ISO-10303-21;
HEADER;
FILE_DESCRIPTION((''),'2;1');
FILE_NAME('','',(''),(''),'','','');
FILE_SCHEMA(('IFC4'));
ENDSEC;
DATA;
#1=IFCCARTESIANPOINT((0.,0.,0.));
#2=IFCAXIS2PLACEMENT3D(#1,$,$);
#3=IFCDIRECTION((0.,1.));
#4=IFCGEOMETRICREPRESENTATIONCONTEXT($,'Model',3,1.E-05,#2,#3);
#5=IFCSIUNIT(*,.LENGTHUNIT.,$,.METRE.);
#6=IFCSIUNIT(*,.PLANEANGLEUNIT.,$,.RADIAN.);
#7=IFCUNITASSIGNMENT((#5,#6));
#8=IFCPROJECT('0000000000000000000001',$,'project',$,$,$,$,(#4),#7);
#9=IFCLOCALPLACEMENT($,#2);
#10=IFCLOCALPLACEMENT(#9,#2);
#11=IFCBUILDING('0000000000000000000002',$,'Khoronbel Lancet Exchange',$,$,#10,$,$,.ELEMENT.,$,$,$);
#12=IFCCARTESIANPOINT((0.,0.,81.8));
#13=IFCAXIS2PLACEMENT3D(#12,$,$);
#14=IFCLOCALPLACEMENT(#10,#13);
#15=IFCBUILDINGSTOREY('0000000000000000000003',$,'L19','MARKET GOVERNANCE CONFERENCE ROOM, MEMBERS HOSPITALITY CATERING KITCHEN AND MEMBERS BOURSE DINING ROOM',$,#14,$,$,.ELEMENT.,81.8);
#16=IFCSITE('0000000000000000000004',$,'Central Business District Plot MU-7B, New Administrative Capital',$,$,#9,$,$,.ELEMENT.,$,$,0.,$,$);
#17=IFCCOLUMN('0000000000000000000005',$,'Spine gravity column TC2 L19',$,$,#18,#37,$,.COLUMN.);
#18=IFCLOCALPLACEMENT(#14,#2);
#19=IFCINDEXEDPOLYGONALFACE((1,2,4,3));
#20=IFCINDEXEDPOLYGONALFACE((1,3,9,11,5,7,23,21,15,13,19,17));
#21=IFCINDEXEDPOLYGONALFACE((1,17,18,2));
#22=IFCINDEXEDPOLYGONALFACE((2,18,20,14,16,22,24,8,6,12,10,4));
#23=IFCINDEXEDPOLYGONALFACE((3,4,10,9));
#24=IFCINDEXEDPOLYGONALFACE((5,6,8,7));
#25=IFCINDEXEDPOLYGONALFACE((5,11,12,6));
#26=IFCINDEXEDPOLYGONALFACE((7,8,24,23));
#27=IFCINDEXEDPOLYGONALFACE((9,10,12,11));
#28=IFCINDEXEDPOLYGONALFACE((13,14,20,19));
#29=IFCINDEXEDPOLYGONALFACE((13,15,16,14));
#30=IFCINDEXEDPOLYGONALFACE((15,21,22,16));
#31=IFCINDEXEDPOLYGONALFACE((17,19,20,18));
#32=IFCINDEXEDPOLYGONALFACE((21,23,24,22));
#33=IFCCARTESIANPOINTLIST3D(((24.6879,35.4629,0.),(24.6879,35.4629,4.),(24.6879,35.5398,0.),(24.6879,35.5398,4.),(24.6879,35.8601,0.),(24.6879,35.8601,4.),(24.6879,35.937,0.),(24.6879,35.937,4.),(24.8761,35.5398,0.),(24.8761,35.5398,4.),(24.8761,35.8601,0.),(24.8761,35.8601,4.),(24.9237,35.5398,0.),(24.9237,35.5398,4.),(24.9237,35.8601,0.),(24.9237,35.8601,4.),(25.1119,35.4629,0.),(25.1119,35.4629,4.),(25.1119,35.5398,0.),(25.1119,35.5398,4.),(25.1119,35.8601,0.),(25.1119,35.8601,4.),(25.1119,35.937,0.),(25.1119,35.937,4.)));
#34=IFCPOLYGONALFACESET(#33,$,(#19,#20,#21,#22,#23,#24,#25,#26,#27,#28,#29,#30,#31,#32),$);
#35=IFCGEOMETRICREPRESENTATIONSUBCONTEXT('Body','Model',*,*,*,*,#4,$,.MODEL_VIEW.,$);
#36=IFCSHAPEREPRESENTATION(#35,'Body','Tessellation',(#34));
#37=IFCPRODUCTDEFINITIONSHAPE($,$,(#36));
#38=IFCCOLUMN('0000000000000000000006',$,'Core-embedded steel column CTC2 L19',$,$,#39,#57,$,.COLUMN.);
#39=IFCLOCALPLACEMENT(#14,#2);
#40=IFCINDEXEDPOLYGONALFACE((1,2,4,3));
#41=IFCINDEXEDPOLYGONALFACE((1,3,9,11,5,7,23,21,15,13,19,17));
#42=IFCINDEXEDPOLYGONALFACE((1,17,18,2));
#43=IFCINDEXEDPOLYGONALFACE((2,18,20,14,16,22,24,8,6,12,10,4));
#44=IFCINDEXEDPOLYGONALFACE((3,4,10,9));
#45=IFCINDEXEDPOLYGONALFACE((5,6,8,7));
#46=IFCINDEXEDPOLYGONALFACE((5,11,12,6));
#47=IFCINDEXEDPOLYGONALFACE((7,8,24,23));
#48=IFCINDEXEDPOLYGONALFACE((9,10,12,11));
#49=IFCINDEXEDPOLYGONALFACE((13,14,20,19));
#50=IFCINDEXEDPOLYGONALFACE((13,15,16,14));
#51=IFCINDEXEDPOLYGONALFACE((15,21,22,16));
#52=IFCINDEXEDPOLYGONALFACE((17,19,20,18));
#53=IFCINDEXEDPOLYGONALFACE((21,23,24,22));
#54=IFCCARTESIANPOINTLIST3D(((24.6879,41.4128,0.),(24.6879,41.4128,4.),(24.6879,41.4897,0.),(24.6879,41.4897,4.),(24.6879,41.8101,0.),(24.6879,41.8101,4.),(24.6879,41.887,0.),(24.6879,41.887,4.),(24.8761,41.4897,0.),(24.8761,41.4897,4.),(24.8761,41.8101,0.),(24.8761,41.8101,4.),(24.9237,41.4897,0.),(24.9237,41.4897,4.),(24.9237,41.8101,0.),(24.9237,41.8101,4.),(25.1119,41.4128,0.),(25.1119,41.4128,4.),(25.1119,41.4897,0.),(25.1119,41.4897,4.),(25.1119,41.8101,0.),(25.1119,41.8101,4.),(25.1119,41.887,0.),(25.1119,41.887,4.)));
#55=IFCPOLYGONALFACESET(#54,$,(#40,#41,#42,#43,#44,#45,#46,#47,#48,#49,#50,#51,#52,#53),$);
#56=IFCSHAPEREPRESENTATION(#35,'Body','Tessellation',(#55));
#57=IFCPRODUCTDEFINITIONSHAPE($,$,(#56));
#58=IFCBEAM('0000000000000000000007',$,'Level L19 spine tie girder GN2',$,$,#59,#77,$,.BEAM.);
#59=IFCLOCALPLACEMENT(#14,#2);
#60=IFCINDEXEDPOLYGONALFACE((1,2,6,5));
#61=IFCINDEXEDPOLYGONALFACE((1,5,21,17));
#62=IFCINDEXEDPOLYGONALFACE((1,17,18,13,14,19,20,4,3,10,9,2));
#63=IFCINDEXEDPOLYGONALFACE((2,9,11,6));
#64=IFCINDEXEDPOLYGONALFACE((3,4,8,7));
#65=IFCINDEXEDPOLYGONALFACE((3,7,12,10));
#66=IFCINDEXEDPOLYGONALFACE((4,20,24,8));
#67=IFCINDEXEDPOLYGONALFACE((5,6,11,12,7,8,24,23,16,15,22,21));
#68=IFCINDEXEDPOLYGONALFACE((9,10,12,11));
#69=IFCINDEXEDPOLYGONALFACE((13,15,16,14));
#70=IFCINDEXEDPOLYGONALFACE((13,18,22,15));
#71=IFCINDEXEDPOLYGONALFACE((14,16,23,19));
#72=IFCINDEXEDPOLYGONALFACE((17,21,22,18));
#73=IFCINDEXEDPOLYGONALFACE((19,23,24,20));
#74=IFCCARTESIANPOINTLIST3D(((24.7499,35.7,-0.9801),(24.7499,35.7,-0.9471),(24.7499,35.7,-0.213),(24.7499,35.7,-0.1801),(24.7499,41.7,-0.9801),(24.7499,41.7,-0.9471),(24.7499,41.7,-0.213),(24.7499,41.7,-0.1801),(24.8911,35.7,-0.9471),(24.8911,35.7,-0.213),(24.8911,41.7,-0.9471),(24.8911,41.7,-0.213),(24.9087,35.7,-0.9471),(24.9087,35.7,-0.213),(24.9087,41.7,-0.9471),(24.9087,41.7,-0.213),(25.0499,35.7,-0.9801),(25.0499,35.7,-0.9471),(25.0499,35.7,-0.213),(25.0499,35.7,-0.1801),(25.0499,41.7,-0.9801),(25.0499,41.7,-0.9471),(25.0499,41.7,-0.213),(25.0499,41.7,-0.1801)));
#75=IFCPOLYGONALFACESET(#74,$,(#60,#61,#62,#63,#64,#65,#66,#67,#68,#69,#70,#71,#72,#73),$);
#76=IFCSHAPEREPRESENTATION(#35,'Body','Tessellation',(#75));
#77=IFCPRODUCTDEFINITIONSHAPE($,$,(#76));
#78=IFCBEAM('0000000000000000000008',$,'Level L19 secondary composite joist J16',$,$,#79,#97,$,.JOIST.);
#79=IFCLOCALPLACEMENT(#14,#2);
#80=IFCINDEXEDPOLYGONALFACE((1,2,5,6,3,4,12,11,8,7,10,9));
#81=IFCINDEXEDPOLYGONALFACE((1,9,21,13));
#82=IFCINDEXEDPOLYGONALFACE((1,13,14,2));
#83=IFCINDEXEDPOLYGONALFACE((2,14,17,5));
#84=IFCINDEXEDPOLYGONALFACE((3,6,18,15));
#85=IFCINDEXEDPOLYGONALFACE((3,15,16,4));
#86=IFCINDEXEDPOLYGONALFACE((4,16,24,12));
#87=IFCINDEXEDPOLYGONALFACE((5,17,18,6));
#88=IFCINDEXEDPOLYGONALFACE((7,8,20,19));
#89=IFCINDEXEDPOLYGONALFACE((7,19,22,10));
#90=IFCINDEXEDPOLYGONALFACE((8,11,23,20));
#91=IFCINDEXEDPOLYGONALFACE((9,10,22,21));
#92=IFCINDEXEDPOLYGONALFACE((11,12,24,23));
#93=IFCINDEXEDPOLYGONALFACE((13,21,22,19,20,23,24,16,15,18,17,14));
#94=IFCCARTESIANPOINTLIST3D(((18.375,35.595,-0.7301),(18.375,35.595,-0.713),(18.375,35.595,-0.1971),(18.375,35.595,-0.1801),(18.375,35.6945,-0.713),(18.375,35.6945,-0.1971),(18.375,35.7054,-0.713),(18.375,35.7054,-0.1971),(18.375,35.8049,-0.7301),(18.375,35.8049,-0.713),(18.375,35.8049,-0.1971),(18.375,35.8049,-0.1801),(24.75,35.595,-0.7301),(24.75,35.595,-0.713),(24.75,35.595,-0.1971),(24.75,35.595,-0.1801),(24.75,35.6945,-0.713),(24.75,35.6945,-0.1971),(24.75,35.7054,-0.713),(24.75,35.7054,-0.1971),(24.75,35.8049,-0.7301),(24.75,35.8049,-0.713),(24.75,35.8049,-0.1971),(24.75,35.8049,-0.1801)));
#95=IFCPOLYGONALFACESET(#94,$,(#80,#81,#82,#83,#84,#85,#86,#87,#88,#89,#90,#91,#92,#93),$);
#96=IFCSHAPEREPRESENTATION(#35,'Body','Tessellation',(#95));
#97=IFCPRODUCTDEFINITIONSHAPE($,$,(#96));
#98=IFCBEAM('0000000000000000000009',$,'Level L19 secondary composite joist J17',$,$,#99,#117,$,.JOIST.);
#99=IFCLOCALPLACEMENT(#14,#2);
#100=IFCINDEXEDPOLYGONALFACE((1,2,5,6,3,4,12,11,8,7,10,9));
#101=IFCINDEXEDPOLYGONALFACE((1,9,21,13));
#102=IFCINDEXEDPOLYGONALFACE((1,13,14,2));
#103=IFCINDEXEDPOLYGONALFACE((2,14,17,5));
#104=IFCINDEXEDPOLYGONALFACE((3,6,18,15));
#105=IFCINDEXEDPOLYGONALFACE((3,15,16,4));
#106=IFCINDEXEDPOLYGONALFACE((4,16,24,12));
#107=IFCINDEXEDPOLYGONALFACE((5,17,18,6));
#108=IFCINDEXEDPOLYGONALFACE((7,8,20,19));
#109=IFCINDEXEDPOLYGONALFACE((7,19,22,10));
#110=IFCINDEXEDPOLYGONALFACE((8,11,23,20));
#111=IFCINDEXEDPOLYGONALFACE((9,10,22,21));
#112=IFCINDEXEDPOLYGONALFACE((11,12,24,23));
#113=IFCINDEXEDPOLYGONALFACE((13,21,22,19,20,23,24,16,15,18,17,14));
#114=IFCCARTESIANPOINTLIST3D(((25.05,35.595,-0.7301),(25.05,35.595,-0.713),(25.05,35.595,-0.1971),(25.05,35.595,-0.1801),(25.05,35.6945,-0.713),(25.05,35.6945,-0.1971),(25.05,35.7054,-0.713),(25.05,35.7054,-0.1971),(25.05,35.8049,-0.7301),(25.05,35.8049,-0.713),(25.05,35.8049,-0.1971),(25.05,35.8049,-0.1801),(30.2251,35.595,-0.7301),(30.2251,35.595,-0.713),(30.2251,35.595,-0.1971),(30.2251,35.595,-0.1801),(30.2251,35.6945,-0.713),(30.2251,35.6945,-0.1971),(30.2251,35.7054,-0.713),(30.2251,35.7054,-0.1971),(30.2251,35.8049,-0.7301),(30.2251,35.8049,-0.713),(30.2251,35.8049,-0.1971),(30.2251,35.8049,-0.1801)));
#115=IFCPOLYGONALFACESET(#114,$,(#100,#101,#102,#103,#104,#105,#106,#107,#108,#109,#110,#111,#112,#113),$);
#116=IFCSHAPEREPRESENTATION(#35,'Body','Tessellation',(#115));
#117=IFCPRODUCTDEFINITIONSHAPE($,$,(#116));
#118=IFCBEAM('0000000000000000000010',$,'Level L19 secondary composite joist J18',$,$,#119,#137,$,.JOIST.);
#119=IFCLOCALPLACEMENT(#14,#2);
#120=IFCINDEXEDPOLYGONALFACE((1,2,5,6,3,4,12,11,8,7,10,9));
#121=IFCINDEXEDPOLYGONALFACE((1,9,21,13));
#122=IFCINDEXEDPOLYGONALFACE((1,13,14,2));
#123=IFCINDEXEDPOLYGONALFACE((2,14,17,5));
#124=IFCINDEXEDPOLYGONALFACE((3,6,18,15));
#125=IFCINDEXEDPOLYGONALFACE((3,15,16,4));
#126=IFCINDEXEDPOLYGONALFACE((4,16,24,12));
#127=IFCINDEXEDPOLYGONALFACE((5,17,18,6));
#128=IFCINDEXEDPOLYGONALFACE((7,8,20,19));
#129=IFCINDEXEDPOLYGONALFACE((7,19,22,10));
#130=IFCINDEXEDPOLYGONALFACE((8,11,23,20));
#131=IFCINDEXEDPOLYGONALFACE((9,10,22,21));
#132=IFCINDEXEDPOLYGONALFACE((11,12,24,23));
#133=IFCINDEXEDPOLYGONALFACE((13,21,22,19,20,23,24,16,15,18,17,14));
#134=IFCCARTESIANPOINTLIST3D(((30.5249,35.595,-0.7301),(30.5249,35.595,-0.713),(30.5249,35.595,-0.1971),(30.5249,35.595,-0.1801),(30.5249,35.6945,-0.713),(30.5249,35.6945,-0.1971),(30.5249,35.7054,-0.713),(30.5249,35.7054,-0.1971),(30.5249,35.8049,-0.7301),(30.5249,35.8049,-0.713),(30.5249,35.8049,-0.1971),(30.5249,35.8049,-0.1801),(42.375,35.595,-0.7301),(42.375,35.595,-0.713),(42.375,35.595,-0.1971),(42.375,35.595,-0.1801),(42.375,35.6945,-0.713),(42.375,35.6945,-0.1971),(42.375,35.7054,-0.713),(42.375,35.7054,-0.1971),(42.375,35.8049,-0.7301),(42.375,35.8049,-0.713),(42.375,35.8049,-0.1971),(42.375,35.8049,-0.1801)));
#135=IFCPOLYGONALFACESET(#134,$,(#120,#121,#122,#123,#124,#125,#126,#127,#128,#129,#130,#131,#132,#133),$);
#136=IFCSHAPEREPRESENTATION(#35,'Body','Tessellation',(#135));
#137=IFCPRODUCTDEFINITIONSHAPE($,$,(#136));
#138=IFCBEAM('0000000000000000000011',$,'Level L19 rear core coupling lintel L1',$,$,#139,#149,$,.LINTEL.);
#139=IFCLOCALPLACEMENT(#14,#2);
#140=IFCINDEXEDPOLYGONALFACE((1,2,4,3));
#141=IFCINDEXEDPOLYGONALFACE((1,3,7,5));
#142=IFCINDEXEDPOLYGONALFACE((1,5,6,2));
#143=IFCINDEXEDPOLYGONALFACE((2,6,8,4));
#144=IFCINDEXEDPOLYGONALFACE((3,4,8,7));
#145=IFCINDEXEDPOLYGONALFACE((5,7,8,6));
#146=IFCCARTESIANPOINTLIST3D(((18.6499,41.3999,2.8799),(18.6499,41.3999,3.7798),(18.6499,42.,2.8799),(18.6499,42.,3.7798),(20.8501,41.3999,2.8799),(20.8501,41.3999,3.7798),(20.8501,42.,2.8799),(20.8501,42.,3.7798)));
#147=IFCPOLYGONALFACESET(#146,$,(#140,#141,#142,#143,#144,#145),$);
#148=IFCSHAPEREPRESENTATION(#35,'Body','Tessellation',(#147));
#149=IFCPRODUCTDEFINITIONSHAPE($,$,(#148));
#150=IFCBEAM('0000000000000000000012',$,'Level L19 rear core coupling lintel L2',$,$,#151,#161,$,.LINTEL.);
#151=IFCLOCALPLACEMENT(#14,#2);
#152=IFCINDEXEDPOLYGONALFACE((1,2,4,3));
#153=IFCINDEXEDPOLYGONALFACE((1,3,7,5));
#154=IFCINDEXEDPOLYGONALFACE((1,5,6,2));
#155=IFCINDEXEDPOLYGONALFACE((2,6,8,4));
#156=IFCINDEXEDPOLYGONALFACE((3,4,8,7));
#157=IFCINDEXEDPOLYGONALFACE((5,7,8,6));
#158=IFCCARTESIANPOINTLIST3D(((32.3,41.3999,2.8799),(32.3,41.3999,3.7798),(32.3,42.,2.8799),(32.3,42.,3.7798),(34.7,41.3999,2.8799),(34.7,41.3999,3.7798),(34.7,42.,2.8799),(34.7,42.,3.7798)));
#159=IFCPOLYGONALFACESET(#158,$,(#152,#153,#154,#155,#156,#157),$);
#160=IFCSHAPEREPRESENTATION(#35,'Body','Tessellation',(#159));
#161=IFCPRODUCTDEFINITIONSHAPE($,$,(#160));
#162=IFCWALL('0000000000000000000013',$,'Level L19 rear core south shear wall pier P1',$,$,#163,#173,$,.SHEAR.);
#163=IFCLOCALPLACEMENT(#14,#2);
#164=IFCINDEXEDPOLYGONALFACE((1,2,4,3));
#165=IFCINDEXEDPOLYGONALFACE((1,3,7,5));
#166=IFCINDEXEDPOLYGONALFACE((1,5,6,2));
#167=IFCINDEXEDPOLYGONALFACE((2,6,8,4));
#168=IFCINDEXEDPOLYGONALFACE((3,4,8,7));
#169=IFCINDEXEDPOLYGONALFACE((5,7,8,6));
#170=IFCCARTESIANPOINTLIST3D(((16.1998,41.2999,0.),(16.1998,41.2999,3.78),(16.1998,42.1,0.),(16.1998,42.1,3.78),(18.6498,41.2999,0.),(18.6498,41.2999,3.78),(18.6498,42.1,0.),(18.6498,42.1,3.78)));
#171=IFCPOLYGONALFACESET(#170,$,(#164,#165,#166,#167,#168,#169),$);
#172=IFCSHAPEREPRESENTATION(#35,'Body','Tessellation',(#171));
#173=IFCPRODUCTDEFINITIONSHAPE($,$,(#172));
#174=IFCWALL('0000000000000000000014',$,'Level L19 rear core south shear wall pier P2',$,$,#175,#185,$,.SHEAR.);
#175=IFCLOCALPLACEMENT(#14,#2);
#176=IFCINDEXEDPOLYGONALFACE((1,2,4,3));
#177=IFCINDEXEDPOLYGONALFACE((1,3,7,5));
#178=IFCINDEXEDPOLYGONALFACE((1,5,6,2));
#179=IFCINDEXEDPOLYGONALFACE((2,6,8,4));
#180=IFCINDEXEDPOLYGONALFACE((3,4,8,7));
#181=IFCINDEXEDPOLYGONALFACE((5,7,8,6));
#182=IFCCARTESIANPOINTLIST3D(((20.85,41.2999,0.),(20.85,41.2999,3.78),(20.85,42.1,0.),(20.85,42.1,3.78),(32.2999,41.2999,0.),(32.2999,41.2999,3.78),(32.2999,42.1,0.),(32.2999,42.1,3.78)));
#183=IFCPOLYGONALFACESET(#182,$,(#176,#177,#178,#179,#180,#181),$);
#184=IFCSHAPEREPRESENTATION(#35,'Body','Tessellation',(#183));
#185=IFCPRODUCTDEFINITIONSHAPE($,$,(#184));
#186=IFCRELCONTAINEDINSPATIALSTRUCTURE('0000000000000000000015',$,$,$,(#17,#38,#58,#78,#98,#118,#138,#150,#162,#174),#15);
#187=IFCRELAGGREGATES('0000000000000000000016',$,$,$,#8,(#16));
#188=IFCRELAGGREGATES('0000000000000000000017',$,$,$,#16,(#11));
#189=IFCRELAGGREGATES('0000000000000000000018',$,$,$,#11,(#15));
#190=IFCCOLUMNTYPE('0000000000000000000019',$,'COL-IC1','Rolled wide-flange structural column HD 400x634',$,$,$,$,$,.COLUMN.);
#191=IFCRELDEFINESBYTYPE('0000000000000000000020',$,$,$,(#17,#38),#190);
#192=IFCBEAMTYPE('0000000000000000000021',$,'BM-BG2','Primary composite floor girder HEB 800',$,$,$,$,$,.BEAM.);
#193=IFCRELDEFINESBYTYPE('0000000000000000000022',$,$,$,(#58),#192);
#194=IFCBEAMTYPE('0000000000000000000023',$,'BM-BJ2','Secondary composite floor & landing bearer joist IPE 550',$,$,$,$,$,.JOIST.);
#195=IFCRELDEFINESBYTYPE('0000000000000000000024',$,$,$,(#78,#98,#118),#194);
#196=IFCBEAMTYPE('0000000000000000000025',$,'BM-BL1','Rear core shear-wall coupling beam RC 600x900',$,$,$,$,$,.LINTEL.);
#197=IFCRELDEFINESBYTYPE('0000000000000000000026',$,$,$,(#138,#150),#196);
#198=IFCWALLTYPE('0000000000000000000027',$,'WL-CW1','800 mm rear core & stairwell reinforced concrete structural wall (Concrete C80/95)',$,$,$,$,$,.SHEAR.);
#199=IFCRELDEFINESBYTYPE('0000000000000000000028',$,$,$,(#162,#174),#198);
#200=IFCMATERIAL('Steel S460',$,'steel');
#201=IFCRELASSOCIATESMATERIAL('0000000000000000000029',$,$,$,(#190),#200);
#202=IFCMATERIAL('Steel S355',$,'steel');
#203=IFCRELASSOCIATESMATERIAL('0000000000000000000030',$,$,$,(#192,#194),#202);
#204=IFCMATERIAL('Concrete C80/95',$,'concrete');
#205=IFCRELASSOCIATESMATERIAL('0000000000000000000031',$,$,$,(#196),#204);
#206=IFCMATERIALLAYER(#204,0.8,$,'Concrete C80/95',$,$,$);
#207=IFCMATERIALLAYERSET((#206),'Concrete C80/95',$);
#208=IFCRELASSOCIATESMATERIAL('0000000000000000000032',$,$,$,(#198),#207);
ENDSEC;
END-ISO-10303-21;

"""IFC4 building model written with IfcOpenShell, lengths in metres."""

from ifc_helpers import new_model, si_unit, direction, frame, frame_2d, origin, origin_2d, place, context, subcontext, project, spatial, rectangle, i_section, extrude, material, layer, layer_set, material_profile, profile_set, type_object, element, save


model = new_model("IFC4")

# Units and contexts
model_context = context("Model", 3, precision=1e-05, world=origin(), true_north=direction((0.0, 1.0)))
body_context = subcontext(model_context, "Body", "Model", "MODEL_VIEW")
ifc_project = project(units=[si_unit("LENGTHUNIT", "METRE"), si_unit("PLANEANGLEUNIT", "RADIAN")], contexts=[model_context])

# Site, building, storey
site_placement = place(None, origin())
site = spatial("IfcSite", under=ifc_project, at=site_placement, Name="Central Business District Plot MU-7B, New Administrative Capital", CompositionType="ELEMENT", RefElevation=0.0)
building_placement = place(site_placement, origin())
building = spatial("IfcBuilding", under=site, at=building_placement, Name="Khoronbel Lancet Exchange", CompositionType="ELEMENT")
storey_placement = place(building_placement, frame((0.0, 0.0, 81.8)))
storey = spatial("IfcBuildingStorey", under=building, at=storey_placement, Name="L19", Description="MARKET GOVERNANCE CONFERENCE ROOM, MEMBERS HOSPITALITY CATERING KITCHEN AND MEMBERS BOURSE DINING ROOM", CompositionType="ELEMENT", Elevation=81.8)

# Columns
ifc_material_1 = material(Name="Steel S460", Category="steel")
ifc_material_profile_1 = material_profile(ifc_material_1, i_section(OverallWidth=0.4241, OverallDepth=0.4741, WebThickness=0.0476, FlangeThickness=0.0769, at=origin_2d()), Name="HD 400x634")
ifc_profile_set_1 = profile_set([ifc_material_profile_1], Name="Steel S460")
column_type = type_object("IfcColumnType", Name="COL-IC1", Description="Rolled wide-flange structural column HD 400x634", PredefinedType="COLUMN", material=ifc_profile_set_1)
for number, where, z_axis, x_axis, name in (
    (1, (24.8999, 35.7, 0.0), (0.0, 0.0, 1.0), (1.0, 0.0, 0.0), "Spine gravity column TC2 L19"),
    (2, (24.8999, 41.6499, 0.0), (0.0, 0.0, 1.0), (1.0, 0.0, 0.0), "Core-embedded steel column CTC2 L19"),
):
    element("IfcColumn", number, at=place(storey_placement, frame(where, z_axis=z_axis, x_axis=x_axis)), inside=storey, type_object=column_type, Name=name, PredefinedType="COLUMN", context=body_context, shape_type="SweptSolid", body=[
        extrude(i_section(OverallWidth=0.4241, OverallDepth=0.4741, WebThickness=0.0476, FlangeThickness=0.0769, at=origin_2d()), origin(), (0.0, 0.0, 1.0), 4.0),
    ])

# Beams
ifc_material_2 = material(Name="Steel S355", Category="steel")
ifc_material_profile_2 = material_profile(ifc_material_2, i_section(OverallWidth=0.3, OverallDepth=0.8, WebThickness=0.0176, FlangeThickness=0.033, at=origin_2d()), Name="HEB 800")
ifc_profile_set_2 = profile_set([ifc_material_profile_2], Name="Steel S355")
beam_type_1 = type_object("IfcBeamType", Name="BM-BG2", Description="Primary composite floor girder HEB 800", PredefinedType="BEAM", material=ifc_profile_set_2)
beam_1_placement = place(storey_placement, frame((24.8999, 35.7, -0.5801), z_axis=(0.0, 1.0, 0.0), x_axis=(-1.0, 0.0, 0.0)))
element("IfcBeam", 3, at=beam_1_placement, inside=storey, type_object=beam_type_1, Name="Level L19 spine tie girder GN2", PredefinedType="BEAM", context=body_context, shape_type="SweptSolid", body=[
    extrude(i_section(OverallWidth=0.3, OverallDepth=0.8, WebThickness=0.0176, FlangeThickness=0.033, at=origin_2d()), origin(), (0.0, 0.0, 1.0), 6.0),
])
ifc_material_profile_3 = material_profile(ifc_material_2, i_section(OverallWidth=0.21, OverallDepth=0.55, WebThickness=0.011, FlangeThickness=0.0171, at=origin_2d()), Name="IPE 550")
ifc_profile_set_3 = profile_set([ifc_material_profile_3], Name="Steel S355")
beam_type_2 = type_object("IfcBeamType", Name="BM-BJ2", Description="Secondary composite floor & landing bearer joist IPE 550", PredefinedType="JOIST", material=ifc_profile_set_3)
beam_2_placement = place(storey_placement, frame((18.375, 35.7, -0.4551), z_axis=(1.0, 0.0, 0.0), x_axis=(0.0, 1.0, 0.0)))
element("IfcBeam", 4, at=beam_2_placement, inside=storey, type_object=beam_type_2, Name="Level L19 secondary composite joist J16", PredefinedType="JOIST", context=body_context, shape_type="SweptSolid", body=[
    extrude(i_section(OverallWidth=0.21, OverallDepth=0.55, WebThickness=0.011, FlangeThickness=0.0171, at=origin_2d()), origin(), (0.0, 0.0, 1.0), 6.375),
])
beam_3_placement = place(storey_placement, frame((25.05, 35.7, -0.4551), z_axis=(1.0, 0.0, 0.0), x_axis=(0.0, 1.0, 0.0)))
element("IfcBeam", 5, at=beam_3_placement, inside=storey, type_object=beam_type_2, Name="Level L19 secondary composite joist J17", PredefinedType="JOIST", context=body_context, shape_type="SweptSolid", body=[
    extrude(i_section(OverallWidth=0.21, OverallDepth=0.55, WebThickness=0.011, FlangeThickness=0.0171, at=origin_2d()), origin(), (0.0, 0.0, 1.0), 5.175),
])
beam_4_placement = place(storey_placement, frame((30.5249, 35.7, -0.4551), z_axis=(1.0, 0.0, 0.0), x_axis=(0.0, 1.0, 0.0)))
element("IfcBeam", 6, at=beam_4_placement, inside=storey, type_object=beam_type_2, Name="Level L19 secondary composite joist J18", PredefinedType="JOIST", context=body_context, shape_type="SweptSolid", body=[
    extrude(i_section(OverallWidth=0.21, OverallDepth=0.55, WebThickness=0.011, FlangeThickness=0.0171, at=origin_2d()), origin(), (0.0, 0.0, 1.0), 11.8501),
])
ifc_material_3 = material(Name="Concrete C80/95", Category="concrete")
ifc_material_profile_4 = material_profile(ifc_material_3, rectangle(XDim=0.6001, YDim=0.8999, at=origin_2d()), Name="RC 600x900")
ifc_profile_set_4 = profile_set([ifc_material_profile_4], Name="Concrete C80/95")
beam_type_3 = type_object("IfcBeamType", Name="BM-BL1", Description="Rear core shear-wall coupling beam RC 600x900", PredefinedType="LINTEL", material=ifc_profile_set_4)
beam_5_placement = place(storey_placement, frame((18.6499, 41.7, 3.3298), z_axis=(1.0, 0.0, 0.0), x_axis=(0.0, 1.0, 0.0)))
element("IfcBeam", 7, at=beam_5_placement, inside=storey, type_object=beam_type_3, Name="Level L19 rear core coupling lintel L1", PredefinedType="LINTEL", context=body_context, shape_type="SweptSolid", body=[
    extrude(rectangle(XDim=0.6001, YDim=0.8999, at=origin_2d()), origin(), (0.0, 0.0, 1.0), 2.2002),
])
beam_6_placement = place(storey_placement, frame((32.3, 41.7, 3.3298), z_axis=(1.0, 0.0, 0.0), x_axis=(0.0, 1.0, 0.0)))
element("IfcBeam", 8, at=beam_6_placement, inside=storey, type_object=beam_type_3, Name="Level L19 rear core coupling lintel L2", PredefinedType="LINTEL", context=body_context, shape_type="SweptSolid", body=[
    extrude(rectangle(XDim=0.6001, YDim=0.8999, at=origin_2d()), origin(), (0.0, 0.0, 1.0), 2.3999),
])

# Walls
ifc_layer_1 = layer(ifc_material_3, 0.8, Name="Concrete C80/95")
ifc_layer_set_1 = layer_set([ifc_layer_1], Name="Concrete C80/95")
wall_type_1 = type_object("IfcWallType", Name="WL-CW1", Description="800 mm rear core & stairwell reinforced concrete structural wall (Concrete C80/95)", PredefinedType="SHEAR", material=ifc_layer_set_1)
wall_1_placement = place(storey_placement, frame((18.6499, 41.7, 0.0), z_axis=(0.0, 0.0, 1.0), x_axis=(-1.0, 0.0, 0.0)))
element("IfcWall", 9, at=wall_1_placement, inside=storey, type_object=wall_type_1, Name="Level L19 rear core south shear wall pier P1", PredefinedType="SHEAR", context=body_context, shape_type="SweptSolid", body=[
    extrude(rectangle(XDim=2.45, YDim=0.8, at=frame_2d((1.2251, 0.0))), origin(), (0.0, 0.0, 1.0), 3.78),
])
wall_2_placement = place(storey_placement, frame((32.3, 41.7, 0.0), z_axis=(0.0, 0.0, 1.0), x_axis=(-1.0, 0.0, 0.0)))
element("IfcWall", 10, at=wall_2_placement, inside=storey, type_object=wall_type_1, Name="Level L19 rear core south shear wall pier P2", PredefinedType="SHEAR", context=body_context, shape_type="SweptSolid", body=[
    extrude(rectangle(XDim=11.45, YDim=0.8, at=frame_2d((5.7251, 0.0))), origin(), (0.0, 0.0, 1.0), 3.78),
])

save(model, "model.ifc")
